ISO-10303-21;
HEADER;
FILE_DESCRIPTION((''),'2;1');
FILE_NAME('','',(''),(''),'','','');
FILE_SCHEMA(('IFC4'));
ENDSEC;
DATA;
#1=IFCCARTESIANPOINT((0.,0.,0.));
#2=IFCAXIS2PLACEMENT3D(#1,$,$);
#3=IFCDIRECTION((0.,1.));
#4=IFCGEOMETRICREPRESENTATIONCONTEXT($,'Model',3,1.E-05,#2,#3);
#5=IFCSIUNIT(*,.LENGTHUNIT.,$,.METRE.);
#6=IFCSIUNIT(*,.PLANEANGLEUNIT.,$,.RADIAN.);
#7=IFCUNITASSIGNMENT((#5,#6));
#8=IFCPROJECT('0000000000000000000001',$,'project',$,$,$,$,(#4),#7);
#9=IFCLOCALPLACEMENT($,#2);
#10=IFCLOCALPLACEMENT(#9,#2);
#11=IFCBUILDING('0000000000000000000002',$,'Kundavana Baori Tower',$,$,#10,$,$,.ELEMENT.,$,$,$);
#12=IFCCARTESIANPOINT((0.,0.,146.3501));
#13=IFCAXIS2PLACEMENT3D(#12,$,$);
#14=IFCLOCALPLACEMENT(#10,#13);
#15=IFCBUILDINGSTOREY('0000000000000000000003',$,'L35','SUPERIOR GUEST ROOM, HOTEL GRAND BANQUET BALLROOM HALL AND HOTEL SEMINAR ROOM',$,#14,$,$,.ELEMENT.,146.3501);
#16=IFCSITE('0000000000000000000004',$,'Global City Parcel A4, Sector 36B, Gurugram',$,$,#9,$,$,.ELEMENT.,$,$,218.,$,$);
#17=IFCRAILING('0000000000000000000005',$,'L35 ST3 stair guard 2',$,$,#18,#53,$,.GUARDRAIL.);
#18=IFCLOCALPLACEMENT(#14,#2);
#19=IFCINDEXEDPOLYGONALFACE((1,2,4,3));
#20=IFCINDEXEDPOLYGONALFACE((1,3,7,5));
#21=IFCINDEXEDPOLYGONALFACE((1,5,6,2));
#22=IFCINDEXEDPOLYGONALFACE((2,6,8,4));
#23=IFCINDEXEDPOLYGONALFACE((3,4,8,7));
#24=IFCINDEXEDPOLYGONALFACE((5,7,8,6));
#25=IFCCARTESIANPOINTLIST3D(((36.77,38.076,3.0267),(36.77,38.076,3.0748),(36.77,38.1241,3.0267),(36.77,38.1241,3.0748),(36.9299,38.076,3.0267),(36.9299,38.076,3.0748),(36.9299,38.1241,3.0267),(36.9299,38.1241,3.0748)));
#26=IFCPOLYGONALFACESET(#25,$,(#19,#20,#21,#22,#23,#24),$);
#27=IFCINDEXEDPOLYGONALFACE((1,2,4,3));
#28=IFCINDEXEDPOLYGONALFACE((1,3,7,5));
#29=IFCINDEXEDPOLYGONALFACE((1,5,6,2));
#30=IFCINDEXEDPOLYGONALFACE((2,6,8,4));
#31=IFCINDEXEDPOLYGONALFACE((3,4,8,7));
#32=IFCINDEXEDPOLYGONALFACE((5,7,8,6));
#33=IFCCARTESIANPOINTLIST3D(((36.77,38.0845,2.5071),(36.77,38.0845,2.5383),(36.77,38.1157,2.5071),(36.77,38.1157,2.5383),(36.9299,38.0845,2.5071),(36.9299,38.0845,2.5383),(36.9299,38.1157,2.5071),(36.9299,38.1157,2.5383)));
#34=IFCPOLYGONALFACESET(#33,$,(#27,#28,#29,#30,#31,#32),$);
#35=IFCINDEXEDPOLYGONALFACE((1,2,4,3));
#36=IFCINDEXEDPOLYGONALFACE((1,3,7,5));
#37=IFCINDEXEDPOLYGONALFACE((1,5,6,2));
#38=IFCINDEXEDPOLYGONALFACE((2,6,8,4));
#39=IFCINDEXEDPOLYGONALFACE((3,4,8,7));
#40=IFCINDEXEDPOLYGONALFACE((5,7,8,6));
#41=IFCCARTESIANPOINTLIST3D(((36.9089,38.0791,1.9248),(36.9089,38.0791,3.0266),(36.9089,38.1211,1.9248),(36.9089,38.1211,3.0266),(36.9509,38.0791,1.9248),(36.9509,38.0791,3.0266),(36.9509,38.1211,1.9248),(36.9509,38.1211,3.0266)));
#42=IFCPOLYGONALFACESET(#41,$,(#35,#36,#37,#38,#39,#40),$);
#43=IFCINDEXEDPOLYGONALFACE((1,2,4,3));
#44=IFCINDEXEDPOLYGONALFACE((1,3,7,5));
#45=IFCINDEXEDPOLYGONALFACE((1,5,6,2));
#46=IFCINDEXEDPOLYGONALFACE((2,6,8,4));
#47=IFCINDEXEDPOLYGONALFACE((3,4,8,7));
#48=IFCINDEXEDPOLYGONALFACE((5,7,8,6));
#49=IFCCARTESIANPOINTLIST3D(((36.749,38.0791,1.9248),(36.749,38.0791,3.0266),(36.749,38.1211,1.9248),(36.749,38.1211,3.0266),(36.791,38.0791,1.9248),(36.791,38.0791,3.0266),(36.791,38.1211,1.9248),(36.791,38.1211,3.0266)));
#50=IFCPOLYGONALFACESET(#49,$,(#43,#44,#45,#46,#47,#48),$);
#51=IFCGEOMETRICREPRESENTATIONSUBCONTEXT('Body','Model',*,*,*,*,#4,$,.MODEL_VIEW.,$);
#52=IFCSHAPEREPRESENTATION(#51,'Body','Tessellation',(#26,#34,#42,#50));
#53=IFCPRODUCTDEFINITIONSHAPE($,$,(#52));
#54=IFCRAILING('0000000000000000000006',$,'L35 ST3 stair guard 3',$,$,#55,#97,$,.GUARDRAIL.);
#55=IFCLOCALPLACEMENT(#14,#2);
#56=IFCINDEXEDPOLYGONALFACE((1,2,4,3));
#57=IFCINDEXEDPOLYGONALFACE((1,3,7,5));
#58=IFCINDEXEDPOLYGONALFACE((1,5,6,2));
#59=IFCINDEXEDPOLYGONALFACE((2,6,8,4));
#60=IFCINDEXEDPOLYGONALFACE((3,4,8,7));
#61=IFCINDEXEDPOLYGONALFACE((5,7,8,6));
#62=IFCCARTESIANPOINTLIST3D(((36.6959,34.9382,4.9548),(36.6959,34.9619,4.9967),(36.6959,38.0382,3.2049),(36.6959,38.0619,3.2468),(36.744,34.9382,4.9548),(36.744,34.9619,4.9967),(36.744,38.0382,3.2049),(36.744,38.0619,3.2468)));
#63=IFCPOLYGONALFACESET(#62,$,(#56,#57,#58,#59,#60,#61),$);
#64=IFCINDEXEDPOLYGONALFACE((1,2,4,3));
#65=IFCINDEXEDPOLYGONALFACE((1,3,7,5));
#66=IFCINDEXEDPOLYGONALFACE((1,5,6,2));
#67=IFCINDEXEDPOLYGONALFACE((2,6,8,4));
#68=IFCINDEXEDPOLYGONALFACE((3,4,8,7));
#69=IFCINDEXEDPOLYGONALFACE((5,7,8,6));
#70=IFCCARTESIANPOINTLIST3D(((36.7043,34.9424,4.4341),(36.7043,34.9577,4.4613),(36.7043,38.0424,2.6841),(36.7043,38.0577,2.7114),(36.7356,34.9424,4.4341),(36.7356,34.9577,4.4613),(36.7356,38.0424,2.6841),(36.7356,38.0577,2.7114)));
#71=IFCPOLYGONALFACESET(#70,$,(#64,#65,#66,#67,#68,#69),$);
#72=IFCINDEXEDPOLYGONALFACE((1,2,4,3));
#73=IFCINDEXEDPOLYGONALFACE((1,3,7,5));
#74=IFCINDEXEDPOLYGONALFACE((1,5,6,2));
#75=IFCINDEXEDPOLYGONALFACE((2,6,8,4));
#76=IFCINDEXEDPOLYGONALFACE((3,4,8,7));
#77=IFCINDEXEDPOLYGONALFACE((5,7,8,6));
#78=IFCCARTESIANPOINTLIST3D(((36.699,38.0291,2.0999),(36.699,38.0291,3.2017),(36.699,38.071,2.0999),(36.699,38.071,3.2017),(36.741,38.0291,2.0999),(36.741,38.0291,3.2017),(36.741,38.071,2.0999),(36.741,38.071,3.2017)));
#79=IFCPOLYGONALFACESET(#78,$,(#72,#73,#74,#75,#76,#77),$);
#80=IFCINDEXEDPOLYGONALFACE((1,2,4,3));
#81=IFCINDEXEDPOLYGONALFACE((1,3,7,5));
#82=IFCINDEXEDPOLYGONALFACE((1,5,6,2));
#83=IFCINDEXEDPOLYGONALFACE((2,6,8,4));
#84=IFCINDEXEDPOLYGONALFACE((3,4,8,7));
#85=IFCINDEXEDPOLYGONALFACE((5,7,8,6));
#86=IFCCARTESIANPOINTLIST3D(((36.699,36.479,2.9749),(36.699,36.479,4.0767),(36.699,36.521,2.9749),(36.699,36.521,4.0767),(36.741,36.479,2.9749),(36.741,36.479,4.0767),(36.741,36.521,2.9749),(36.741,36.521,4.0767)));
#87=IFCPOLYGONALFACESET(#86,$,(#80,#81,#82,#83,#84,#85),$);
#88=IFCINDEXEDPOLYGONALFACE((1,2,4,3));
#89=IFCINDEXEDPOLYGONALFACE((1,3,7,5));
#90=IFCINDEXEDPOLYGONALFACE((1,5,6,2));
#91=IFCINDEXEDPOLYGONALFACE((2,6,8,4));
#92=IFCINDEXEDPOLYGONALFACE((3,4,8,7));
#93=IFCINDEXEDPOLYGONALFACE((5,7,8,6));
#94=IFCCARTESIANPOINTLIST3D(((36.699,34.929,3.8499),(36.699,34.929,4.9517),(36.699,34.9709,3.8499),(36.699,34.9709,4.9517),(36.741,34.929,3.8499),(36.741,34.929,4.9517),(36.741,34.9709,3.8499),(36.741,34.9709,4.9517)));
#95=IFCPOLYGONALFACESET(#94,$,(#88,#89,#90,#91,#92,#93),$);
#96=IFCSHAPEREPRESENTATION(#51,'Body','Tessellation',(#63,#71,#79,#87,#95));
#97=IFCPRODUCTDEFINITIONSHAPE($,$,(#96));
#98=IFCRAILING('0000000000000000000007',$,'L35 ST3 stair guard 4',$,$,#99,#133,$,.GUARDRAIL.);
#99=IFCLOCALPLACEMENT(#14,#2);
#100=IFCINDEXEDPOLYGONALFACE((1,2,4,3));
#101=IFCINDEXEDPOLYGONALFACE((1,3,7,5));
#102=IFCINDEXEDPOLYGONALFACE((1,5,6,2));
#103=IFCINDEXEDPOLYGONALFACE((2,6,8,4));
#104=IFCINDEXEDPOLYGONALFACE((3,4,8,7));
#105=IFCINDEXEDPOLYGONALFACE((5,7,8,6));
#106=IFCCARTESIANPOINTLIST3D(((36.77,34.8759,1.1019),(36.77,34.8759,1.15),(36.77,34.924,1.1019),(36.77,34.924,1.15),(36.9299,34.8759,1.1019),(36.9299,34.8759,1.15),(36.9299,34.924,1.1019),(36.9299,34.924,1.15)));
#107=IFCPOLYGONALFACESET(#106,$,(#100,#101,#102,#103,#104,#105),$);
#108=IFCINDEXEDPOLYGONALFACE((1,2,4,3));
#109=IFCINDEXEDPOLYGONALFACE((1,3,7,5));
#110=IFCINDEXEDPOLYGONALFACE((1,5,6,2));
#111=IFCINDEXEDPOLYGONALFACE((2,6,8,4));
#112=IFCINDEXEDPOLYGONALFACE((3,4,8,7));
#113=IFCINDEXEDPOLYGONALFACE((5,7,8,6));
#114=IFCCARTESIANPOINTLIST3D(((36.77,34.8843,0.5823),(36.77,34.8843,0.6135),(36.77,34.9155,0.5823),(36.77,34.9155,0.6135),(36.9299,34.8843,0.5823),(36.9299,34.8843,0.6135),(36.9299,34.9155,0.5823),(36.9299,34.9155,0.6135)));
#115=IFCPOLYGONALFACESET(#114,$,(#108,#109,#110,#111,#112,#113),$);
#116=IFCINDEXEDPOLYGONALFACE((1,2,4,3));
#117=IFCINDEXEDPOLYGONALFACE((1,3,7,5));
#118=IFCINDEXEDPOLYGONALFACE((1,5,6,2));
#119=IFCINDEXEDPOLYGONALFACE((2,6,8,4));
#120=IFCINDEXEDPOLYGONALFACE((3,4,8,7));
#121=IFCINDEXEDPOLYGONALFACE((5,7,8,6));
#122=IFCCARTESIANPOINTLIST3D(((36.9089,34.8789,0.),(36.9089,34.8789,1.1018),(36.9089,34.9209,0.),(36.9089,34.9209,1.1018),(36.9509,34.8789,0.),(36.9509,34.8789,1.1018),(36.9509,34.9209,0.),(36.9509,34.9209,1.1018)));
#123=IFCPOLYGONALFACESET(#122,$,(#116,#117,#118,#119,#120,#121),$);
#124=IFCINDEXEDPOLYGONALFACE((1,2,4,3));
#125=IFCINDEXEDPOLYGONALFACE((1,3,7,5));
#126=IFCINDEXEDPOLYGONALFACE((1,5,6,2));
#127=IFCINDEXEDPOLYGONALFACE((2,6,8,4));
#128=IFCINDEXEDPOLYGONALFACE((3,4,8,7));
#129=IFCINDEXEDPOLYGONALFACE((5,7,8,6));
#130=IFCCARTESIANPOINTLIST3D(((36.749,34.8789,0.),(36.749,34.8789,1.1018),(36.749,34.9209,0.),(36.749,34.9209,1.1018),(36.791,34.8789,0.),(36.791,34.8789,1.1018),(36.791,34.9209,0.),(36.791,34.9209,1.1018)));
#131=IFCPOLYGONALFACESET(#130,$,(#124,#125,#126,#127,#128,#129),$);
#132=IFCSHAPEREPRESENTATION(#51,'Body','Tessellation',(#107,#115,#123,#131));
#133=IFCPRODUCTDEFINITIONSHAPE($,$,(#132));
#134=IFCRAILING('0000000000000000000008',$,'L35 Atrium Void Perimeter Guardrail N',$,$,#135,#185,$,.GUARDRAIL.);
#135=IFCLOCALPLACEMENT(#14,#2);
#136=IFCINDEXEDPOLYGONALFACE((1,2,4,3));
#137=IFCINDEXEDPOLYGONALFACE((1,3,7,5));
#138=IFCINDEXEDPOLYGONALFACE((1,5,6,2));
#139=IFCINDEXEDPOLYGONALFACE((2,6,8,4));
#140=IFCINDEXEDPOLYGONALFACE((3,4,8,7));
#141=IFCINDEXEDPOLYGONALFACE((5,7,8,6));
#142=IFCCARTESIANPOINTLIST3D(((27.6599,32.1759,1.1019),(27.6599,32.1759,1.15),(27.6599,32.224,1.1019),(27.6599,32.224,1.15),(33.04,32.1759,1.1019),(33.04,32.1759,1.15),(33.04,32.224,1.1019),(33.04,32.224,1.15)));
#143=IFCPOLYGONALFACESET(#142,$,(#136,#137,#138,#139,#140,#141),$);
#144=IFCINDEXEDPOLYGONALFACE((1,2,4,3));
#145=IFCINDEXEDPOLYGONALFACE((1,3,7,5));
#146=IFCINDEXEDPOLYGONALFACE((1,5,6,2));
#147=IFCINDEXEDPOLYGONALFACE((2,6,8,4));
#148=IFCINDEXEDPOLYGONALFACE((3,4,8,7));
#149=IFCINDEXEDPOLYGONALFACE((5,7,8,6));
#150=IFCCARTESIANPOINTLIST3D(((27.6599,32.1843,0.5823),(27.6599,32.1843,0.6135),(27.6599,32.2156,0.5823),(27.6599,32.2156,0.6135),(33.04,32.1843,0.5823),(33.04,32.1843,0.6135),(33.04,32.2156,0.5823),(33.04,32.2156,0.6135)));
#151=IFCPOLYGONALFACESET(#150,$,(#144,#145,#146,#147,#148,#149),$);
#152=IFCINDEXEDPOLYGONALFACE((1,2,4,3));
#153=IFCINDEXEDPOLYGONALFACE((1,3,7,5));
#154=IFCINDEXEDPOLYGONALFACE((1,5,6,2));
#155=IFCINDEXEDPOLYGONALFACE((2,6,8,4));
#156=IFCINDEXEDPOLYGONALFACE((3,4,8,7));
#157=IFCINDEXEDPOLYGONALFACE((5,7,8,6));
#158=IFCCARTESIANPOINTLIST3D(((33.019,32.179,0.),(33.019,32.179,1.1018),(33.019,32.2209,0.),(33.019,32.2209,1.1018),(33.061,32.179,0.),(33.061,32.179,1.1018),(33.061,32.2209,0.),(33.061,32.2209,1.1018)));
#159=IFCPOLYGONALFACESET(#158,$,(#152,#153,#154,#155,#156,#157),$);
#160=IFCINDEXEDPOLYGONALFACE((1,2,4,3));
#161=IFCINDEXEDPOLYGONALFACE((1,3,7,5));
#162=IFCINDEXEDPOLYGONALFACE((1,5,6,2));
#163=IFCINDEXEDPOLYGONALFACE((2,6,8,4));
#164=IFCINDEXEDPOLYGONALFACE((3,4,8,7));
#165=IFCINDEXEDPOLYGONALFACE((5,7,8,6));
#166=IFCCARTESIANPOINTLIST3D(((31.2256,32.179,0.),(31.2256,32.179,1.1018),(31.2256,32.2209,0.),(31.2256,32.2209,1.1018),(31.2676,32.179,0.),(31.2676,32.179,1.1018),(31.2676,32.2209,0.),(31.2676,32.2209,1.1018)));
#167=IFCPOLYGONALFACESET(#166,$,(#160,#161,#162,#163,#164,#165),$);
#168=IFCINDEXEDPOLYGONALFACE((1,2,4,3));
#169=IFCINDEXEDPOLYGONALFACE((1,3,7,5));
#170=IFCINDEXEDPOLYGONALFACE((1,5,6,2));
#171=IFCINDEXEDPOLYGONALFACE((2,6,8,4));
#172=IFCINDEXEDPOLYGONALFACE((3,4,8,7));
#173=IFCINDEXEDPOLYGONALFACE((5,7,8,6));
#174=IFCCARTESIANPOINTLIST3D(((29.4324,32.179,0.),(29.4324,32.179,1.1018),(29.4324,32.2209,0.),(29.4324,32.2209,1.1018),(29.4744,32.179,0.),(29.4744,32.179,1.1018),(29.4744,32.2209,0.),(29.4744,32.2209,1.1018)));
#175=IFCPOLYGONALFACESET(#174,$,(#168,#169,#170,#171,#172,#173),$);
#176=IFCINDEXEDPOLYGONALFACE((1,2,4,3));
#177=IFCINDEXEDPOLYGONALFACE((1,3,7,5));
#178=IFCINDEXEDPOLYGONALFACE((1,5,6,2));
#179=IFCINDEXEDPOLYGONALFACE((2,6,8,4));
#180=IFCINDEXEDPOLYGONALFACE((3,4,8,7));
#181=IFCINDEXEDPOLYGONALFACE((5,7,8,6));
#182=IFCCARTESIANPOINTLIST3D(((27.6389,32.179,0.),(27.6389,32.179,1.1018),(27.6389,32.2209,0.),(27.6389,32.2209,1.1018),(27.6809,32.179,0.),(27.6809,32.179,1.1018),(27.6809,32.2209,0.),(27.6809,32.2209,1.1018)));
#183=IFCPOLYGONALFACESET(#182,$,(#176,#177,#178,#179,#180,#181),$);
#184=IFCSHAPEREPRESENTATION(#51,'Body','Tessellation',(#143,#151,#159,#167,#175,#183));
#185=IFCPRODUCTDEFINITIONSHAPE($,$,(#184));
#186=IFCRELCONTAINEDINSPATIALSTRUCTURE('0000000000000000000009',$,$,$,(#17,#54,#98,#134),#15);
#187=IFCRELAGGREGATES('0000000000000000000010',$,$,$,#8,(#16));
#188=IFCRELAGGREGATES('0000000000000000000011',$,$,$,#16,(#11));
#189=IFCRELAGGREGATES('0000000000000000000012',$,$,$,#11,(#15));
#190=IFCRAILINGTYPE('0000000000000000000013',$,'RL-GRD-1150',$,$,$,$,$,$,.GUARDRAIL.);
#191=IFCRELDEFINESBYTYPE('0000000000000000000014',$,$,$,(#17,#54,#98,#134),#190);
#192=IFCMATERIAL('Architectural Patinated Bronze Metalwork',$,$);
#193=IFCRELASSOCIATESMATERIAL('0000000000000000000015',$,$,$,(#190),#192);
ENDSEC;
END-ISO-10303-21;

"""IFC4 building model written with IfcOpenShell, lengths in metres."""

from ifc_helpers import new_model, si_unit, direction, frame, origin, origin_2d, place, context, subcontext, project, spatial, rectangle, extrude, material, type_object, element, save


model = new_model("IFC4")

# Units and contexts
model_context = context("Model", 3, precision=1e-05, world=origin(), true_north=direction((0.0, 1.0)))
body_context = subcontext(model_context, "Body", "Model", "MODEL_VIEW")
ifc_project = project(units=[si_unit("LENGTHUNIT", "METRE"), si_unit("PLANEANGLEUNIT", "RADIAN")], contexts=[model_context])

# Site, building, storey
site_placement = place(None, origin())
site = spatial("IfcSite", under=ifc_project, at=site_placement, Name="Global City Parcel A4, Sector 36B, Gurugram", CompositionType="ELEMENT", RefElevation=218.0)
building_placement = place(site_placement, origin())
building = spatial("IfcBuilding", under=site, at=building_placement, Name="Kundavana Baori Tower", CompositionType="ELEMENT")
storey_placement = place(building_placement, frame((0.0, 0.0, 146.3501)))
storey = spatial("IfcBuildingStorey", under=building, at=storey_placement, Name="L35", Description="SUPERIOR GUEST ROOM, HOTEL GRAND BANQUET BALLROOM HALL AND HOTEL SEMINAR ROOM", CompositionType="ELEMENT", Elevation=146.3501)

# Railings
ifc_material_1 = material(Name="Architectural Patinated Bronze Metalwork")
railing_type_1 = type_object("IfcRailingType", Name="RL-GRD-1150", PredefinedType="GUARDRAIL", material=ifc_material_1)
railing_1_placement = place(storey_placement, frame((36.9299, 38.1001, 1.9248)))
element("IfcRailing", 1, at=railing_1_placement, inside=storey, type_object=railing_type_1, Name="L35 ST3 stair guard 2", PredefinedType="GUARDRAIL", context=body_context, shape_type="SweptSolid", body=[
    extrude(rectangle(XDim=0.0481, YDim=0.0481, at=origin_2d()), frame((0.0, 0.0, 1.126), z_axis=(-1.0, 0.0, 0.0), x_axis=(0.0, -1.0, 0.0)), (0.0, 0.0, 1.0), 0.1599),
    extrude(rectangle(XDim=0.0312, YDim=0.0312, at=origin_2d()), frame((0.0, 0.0, 0.5979), z_axis=(-1.0, 0.0, 0.0), x_axis=(0.0, -1.0, 0.0)), (0.0, 0.0, 1.0), 0.1599),
    extrude(rectangle(XDim=0.042, YDim=0.042, at=origin_2d()), origin(), (0.0, 0.0, 1.0), 1.1018),
    extrude(rectangle(XDim=0.042, YDim=0.042, at=origin_2d()), frame((-0.1599, 0.0, 0.0)), (0.0, 0.0, 1.0), 1.1018),
])
railing_2_placement = place(storey_placement, frame((36.72, 38.05, 2.0999)))
element("IfcRailing", 2, at=railing_2_placement, inside=storey, type_object=railing_type_1, Name="L35 ST3 stair guard 3", PredefinedType="GUARDRAIL", context=body_context, shape_type="SweptSolid", body=[
    extrude(rectangle(XDim=0.0481, YDim=0.0481, at=origin_2d()), frame((0.0, 0.0, 1.126), z_axis=(0.0, -0.870831, 0.491583), x_axis=(1.0, 0.0, 0.0)), (0.0, 0.0, 1.0), 3.5598),
    extrude(rectangle(XDim=0.0312, YDim=0.0312, at=origin_2d()), frame((0.0, 0.0, 0.5979), z_axis=(0.0, -0.870831, 0.491583), x_axis=(1.0, 0.0, 0.0)), (0.0, 0.0, 1.0), 3.5598),
    extrude(rectangle(XDim=0.042, YDim=0.042, at=origin_2d()), origin(), (0.0, 0.0, 1.0), 1.1018),
    extrude(rectangle(XDim=0.042, YDim=0.042, at=origin_2d()), frame((0.0, -1.55, 0.875)), (0.0, 0.0, 1.0), 1.1018),
    extrude(rectangle(XDim=0.042, YDim=0.042, at=origin_2d()), frame((0.0, -3.1001, 1.75)), (0.0, 0.0, 1.0), 1.1018),
])
railing_3_placement = place(storey_placement, frame((36.9299, 34.8999, 0.0)))
element("IfcRailing", 3, at=railing_3_placement, inside=storey, type_object=railing_type_1, Name="L35 ST3 stair guard 4", PredefinedType="GUARDRAIL", context=body_context, shape_type="SweptSolid", body=[
    extrude(rectangle(XDim=0.0481, YDim=0.0481, at=origin_2d()), frame((0.0, 0.0, 1.126), z_axis=(-1.0, 0.0, 0.0), x_axis=(0.0, -1.0, 0.0)), (0.0, 0.0, 1.0), 0.1599),
    extrude(rectangle(XDim=0.0312, YDim=0.0312, at=origin_2d()), frame((0.0, 0.0, 0.5979), z_axis=(-1.0, 0.0, 0.0), x_axis=(0.0, -1.0, 0.0)), (0.0, 0.0, 1.0), 0.1599),
    extrude(rectangle(XDim=0.042, YDim=0.042, at=origin_2d()), origin(), (0.0, 0.0, 1.0), 1.1018),
    extrude(rectangle(XDim=0.042, YDim=0.042, at=origin_2d()), frame((-0.1599, 0.0, 0.0)), (0.0, 0.0, 1.0), 1.1018),
])
railing_4_placement = place(storey_placement, frame((33.04, 32.2, 0.0)))
element("IfcRailing", 4, at=railing_4_placement, inside=storey, type_object=railing_type_1, Name="L35 Atrium Void Perimeter Guardrail N", PredefinedType="GUARDRAIL", context=body_context, shape_type="SweptSolid", body=[
    extrude(rectangle(XDim=0.0481, YDim=0.0481, at=origin_2d()), frame((0.0, 0.0, 1.126), z_axis=(-1.0, 0.0, 0.0), x_axis=(0.0, -1.0, 0.0)), (0.0, 0.0, 1.0), 5.3801),
    extrude(rectangle(XDim=0.0312, YDim=0.0312, at=origin_2d()), frame((0.0, 0.0, 0.5979), z_axis=(-1.0, 0.0, 0.0), x_axis=(0.0, -1.0, 0.0)), (0.0, 0.0, 1.0), 5.3801),
    extrude(rectangle(XDim=0.042, YDim=0.042, at=origin_2d()), origin(), (0.0, 0.0, 1.0), 1.1018),
    extrude(rectangle(XDim=0.042, YDim=0.042, at=origin_2d()), frame((-1.7935, 0.0, 0.0)), (0.0, 0.0, 1.0), 1.1018),
    extrude(rectangle(XDim=0.042, YDim=0.042, at=origin_2d()), frame((-3.5867, 0.0, 0.0)), (0.0, 0.0, 1.0), 1.1018),
    extrude(rectangle(XDim=0.042, YDim=0.042, at=origin_2d()), frame((-5.3801, 0.0, 0.0)), (0.0, 0.0, 1.0), 1.1018),
])

save(model, "model.ifc")
